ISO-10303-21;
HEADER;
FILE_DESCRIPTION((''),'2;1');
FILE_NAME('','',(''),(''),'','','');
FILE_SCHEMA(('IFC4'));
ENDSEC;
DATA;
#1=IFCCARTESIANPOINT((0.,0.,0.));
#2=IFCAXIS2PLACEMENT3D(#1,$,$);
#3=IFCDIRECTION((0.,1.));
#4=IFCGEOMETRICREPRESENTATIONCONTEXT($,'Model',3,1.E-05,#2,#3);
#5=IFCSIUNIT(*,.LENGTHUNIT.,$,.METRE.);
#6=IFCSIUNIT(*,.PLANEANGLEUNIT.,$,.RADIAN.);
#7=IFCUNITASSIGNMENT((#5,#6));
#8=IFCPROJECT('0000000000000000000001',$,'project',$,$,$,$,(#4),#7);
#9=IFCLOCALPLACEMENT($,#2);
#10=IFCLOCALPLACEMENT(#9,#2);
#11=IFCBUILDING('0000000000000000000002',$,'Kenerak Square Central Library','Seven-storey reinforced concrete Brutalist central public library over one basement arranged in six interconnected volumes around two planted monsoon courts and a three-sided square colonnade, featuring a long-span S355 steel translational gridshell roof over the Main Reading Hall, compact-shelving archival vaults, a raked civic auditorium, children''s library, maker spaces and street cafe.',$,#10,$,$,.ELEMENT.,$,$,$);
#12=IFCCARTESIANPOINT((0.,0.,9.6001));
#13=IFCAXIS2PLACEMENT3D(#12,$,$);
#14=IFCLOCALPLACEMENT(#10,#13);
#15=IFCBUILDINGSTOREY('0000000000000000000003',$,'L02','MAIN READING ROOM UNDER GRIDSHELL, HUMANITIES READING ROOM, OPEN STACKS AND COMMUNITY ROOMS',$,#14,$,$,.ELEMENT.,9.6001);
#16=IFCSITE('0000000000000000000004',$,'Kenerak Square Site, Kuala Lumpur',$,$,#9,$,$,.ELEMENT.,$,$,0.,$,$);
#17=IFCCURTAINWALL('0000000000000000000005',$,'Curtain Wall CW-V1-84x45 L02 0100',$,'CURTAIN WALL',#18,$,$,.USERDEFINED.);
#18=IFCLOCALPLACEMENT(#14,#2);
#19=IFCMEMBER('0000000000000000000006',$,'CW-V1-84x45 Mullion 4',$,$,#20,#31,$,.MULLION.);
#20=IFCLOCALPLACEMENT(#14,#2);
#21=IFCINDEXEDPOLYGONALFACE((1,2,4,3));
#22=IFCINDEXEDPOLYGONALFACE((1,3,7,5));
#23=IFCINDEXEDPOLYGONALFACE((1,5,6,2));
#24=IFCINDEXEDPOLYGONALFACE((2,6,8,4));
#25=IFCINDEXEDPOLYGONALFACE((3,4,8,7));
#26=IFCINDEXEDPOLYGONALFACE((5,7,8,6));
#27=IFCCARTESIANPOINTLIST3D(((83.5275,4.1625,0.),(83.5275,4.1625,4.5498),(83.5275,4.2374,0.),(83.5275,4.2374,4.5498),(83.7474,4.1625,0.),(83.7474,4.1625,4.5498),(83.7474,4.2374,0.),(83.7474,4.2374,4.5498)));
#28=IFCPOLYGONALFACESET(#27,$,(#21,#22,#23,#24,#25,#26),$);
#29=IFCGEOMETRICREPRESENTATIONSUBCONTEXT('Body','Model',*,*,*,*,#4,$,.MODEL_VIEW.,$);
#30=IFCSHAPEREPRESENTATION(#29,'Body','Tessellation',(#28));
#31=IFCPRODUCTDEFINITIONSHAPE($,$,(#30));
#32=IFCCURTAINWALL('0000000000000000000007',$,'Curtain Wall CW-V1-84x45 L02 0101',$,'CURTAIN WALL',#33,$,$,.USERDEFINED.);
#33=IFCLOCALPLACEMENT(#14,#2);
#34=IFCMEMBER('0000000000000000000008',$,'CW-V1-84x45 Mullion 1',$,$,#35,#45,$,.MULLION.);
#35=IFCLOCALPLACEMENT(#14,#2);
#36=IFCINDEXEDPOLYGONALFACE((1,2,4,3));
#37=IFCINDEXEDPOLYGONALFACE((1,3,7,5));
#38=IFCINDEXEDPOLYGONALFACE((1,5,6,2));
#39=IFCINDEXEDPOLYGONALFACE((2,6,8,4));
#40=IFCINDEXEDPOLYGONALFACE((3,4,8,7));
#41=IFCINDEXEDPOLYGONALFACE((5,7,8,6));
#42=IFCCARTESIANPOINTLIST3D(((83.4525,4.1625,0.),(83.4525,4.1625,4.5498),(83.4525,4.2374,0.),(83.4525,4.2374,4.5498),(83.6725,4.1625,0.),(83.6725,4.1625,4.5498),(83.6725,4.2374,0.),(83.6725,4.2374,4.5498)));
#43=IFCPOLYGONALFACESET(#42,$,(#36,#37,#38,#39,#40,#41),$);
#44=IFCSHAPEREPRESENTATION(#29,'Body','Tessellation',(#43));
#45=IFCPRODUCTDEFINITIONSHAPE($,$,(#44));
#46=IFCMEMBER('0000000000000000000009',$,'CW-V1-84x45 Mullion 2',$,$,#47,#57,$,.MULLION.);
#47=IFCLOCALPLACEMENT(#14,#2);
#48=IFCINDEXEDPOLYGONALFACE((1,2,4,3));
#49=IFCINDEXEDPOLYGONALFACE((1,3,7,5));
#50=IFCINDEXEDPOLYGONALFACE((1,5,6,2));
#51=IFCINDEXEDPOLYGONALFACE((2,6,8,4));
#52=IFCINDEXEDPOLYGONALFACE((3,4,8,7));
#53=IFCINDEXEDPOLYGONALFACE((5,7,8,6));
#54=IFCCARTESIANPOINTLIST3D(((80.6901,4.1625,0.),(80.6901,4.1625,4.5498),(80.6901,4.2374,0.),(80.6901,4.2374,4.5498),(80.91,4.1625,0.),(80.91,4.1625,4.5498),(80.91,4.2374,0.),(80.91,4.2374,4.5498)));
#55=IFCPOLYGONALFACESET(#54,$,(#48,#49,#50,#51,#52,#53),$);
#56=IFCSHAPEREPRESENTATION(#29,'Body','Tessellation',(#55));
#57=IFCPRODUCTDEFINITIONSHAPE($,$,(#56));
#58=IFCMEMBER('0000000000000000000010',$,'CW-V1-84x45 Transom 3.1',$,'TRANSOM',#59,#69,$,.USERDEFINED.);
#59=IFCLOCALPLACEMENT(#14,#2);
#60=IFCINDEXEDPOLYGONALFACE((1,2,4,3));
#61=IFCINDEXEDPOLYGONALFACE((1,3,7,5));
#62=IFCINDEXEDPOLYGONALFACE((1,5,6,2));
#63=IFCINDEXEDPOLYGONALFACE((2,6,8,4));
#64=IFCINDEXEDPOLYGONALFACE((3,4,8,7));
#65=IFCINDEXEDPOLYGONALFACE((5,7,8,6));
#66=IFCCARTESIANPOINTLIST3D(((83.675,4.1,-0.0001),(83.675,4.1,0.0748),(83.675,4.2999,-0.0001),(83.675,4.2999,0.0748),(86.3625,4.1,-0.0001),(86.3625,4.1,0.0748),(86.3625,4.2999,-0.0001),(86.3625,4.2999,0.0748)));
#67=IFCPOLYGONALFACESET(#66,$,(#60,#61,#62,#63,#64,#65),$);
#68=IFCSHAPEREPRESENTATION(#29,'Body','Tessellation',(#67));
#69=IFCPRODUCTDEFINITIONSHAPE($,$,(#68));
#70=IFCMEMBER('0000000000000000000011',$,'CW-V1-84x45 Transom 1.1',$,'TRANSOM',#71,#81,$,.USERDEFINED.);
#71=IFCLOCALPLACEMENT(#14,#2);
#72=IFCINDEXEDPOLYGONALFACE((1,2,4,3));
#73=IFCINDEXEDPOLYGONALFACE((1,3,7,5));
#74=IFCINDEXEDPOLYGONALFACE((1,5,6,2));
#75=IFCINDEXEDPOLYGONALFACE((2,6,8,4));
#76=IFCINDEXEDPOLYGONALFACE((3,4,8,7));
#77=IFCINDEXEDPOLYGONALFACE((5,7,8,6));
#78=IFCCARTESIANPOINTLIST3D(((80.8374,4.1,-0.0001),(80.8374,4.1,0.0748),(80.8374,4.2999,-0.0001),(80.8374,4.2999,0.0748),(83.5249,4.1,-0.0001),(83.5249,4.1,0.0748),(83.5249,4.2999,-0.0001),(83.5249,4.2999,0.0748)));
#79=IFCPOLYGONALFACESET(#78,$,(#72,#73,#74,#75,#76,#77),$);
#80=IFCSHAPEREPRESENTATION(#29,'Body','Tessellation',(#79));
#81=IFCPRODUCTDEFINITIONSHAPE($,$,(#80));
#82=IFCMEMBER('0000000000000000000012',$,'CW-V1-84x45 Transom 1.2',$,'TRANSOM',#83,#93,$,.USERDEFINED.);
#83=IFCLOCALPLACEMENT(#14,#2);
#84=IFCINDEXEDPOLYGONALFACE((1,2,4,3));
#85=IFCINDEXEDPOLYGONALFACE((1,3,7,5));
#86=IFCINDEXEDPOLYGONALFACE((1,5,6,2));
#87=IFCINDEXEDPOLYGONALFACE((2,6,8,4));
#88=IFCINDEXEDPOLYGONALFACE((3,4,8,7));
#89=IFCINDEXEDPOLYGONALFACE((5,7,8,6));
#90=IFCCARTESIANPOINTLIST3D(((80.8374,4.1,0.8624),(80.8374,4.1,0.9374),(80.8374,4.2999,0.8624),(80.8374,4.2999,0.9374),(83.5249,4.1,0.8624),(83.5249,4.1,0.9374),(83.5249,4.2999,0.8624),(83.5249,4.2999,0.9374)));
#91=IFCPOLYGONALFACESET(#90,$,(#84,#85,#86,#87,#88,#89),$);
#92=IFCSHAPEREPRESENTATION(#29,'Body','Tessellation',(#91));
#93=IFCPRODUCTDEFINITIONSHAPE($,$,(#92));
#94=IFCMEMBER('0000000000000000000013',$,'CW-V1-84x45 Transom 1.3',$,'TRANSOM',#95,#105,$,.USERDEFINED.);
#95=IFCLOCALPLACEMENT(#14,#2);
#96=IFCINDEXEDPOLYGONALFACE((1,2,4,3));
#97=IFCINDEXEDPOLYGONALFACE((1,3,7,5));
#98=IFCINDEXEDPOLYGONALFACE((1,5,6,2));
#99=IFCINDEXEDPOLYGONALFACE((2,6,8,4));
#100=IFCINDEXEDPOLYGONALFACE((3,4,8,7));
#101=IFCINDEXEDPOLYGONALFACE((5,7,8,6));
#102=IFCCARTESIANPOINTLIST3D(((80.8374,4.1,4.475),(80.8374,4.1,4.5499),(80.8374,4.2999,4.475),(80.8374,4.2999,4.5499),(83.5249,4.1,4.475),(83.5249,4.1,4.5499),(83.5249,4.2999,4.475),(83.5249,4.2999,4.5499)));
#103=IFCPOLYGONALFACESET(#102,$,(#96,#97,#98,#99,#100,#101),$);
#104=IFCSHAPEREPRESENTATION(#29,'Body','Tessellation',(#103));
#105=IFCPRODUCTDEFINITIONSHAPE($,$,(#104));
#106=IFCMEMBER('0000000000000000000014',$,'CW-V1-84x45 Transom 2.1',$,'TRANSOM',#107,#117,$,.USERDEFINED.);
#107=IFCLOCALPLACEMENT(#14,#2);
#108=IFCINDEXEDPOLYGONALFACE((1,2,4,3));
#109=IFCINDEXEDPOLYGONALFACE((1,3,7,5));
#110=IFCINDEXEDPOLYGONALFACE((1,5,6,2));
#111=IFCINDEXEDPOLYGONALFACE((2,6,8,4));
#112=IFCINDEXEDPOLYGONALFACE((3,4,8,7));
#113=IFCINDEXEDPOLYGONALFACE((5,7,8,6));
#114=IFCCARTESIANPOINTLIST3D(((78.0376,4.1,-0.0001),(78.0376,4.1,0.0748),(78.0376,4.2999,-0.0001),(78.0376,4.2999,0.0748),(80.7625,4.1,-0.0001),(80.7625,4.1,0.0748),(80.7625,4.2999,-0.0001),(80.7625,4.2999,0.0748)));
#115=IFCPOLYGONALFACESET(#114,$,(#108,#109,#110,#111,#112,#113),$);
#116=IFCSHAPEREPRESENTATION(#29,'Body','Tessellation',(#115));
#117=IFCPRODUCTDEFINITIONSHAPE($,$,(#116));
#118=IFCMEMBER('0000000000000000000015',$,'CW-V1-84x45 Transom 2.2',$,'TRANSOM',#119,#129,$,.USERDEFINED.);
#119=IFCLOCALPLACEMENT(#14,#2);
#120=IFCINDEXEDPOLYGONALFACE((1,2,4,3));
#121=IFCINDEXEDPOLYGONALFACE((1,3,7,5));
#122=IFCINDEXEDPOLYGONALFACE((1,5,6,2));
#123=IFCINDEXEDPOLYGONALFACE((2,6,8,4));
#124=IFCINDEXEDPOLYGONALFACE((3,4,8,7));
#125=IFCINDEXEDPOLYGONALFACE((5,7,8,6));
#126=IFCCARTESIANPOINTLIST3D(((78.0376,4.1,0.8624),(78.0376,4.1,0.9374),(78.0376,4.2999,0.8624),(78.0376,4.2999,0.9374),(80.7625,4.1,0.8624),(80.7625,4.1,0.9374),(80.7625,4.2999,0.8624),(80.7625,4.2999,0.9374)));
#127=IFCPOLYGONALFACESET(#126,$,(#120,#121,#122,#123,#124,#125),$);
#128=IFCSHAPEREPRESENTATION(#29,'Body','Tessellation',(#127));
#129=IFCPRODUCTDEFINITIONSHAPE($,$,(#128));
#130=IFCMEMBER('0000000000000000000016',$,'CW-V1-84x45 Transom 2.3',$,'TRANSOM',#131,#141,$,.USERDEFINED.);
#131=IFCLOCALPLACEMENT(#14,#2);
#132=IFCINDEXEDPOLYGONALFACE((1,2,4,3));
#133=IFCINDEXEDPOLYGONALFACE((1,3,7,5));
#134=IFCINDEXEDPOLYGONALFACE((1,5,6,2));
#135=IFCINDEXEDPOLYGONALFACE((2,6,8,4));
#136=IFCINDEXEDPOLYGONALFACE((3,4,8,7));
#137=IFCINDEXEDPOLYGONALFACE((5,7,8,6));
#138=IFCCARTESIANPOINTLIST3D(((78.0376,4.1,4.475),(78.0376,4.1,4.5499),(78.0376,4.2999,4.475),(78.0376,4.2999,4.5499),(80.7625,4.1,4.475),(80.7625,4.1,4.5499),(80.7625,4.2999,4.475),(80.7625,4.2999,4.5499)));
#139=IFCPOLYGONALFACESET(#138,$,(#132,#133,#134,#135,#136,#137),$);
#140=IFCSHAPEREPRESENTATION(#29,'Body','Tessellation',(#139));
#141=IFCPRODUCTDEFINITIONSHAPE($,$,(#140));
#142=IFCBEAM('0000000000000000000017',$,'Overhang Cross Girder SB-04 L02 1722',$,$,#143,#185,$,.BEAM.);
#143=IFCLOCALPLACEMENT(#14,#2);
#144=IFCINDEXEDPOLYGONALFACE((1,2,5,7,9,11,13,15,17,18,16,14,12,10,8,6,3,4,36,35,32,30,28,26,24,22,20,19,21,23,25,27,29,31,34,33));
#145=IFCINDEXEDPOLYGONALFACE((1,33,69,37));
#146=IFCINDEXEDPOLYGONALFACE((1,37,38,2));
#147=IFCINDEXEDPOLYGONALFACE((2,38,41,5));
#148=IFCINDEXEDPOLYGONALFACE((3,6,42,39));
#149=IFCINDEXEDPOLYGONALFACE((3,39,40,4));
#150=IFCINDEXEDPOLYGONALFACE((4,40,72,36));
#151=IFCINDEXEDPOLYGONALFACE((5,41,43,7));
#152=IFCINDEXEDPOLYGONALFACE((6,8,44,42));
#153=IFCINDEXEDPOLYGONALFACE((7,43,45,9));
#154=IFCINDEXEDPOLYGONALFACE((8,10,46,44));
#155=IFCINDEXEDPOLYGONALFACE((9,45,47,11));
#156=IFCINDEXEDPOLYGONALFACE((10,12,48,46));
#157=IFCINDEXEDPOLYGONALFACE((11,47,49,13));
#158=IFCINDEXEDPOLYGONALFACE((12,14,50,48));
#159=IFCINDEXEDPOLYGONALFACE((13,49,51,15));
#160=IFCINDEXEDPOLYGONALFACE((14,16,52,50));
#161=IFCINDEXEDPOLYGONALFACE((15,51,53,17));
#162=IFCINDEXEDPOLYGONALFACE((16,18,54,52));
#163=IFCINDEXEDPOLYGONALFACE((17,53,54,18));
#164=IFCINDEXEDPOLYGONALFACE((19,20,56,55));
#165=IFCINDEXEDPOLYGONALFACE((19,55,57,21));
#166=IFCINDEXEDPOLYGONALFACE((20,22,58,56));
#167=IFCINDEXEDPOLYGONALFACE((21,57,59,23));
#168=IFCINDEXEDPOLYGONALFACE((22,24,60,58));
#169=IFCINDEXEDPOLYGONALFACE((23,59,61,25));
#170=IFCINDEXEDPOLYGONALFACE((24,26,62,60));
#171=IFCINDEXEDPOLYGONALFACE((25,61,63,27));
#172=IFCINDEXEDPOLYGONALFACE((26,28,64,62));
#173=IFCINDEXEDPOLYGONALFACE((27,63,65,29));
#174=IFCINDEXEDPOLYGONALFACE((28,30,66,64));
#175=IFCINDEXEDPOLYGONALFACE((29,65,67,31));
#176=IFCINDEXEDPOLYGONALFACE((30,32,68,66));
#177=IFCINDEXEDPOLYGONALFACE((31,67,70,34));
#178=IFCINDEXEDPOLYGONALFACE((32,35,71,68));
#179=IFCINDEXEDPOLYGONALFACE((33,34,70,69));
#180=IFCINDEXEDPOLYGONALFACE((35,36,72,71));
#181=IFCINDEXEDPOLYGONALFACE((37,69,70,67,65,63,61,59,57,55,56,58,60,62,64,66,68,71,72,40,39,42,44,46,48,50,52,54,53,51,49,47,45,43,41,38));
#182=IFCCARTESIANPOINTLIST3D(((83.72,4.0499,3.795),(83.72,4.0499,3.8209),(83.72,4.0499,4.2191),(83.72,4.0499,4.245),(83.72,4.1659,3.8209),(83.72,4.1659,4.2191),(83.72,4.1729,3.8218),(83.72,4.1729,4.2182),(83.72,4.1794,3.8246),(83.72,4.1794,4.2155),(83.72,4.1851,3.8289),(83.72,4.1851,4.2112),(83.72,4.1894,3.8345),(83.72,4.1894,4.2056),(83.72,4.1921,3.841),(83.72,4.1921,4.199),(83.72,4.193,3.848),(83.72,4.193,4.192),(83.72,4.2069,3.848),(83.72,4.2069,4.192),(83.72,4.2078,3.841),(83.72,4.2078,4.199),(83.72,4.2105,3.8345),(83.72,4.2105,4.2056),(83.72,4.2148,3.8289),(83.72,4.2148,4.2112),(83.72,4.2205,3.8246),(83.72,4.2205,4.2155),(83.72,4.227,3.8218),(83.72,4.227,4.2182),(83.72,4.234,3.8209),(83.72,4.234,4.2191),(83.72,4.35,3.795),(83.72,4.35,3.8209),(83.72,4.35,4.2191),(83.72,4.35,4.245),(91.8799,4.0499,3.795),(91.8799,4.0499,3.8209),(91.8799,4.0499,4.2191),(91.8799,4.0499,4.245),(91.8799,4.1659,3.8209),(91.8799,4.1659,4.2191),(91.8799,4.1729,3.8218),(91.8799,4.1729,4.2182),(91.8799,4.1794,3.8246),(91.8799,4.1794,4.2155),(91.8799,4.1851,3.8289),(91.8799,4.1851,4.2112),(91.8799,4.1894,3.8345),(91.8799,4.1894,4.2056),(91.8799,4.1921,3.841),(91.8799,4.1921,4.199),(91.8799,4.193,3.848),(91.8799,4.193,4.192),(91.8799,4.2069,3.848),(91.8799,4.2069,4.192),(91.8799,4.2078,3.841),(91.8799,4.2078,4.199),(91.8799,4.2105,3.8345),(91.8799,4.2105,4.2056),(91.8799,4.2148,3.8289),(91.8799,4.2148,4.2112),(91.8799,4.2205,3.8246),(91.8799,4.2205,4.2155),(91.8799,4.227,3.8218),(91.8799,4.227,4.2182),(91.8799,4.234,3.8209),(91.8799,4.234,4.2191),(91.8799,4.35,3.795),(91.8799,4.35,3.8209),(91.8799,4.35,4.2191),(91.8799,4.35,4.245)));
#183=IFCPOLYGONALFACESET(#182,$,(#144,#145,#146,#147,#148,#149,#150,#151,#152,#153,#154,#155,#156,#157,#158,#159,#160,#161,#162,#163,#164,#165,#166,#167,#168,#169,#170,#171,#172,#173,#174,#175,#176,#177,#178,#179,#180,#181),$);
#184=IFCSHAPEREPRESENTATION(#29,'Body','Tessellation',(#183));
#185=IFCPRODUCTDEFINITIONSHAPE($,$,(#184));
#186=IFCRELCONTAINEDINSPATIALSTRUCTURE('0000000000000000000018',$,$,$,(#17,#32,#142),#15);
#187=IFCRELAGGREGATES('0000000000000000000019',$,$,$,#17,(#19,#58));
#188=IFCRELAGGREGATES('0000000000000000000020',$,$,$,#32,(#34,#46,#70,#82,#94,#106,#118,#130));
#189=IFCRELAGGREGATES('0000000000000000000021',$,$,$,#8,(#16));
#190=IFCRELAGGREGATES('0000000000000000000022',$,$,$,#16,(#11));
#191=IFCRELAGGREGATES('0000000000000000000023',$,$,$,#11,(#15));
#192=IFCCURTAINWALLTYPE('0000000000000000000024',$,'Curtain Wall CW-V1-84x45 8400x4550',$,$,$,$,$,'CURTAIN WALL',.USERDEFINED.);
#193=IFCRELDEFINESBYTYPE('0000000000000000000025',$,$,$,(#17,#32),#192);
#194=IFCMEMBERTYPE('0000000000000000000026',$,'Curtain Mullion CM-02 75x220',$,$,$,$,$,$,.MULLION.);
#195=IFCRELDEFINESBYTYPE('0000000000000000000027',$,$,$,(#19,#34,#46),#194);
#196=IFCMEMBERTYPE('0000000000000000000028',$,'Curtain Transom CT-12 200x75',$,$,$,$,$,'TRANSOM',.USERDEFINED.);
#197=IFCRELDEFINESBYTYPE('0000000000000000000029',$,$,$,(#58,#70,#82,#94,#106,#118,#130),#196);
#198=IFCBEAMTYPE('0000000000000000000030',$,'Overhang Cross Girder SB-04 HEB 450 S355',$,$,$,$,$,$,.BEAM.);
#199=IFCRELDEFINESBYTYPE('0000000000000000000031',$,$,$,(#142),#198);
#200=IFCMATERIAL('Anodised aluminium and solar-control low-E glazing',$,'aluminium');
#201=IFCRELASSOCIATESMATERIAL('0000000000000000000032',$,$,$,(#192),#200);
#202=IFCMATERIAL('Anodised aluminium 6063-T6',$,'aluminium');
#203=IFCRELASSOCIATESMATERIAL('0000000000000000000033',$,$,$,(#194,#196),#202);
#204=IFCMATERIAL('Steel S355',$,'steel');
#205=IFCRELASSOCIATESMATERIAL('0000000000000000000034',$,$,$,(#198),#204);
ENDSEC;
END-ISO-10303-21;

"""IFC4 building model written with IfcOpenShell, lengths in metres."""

from ifc_helpers import new_model, si_unit, direction, frame, origin, origin_2d, place, context, subcontext, project, spatial, rectangle, i_section, extrude, material, material_profile, profile_set, type_object, element, aggregate, save


model = new_model("IFC4")

# Units and contexts
model_context = context("Model", 3, precision=1e-05, world=origin(), true_north=direction((0.0, 1.0)))
body_context = subcontext(model_context, "Body", "Model", "MODEL_VIEW")
ifc_project = project(units=[si_unit("LENGTHUNIT", "METRE"), si_unit("PLANEANGLEUNIT", "RADIAN")], contexts=[model_context])

# Site, building, storey
site_placement = place(None, origin())
site = spatial("IfcSite", under=ifc_project, at=site_placement, Name="Kenerak Square Site, Kuala Lumpur", CompositionType="ELEMENT", RefElevation=0.0)
building_placement = place(site_placement, origin())
building = spatial("IfcBuilding", under=site, at=building_placement, Name="Kenerak Square Central Library", Description="Seven-storey reinforced concrete Brutalist central public library over one basement arranged in six interconnected volumes around two planted monsoon courts and a three-sided square colonnade, featuring a long-span S355 steel translational gridshell roof over the Main Reading Hall, compact-shelving archival vaults, a raked civic auditorium, children's library, maker spaces and street cafe.", CompositionType="ELEMENT")
storey_placement = place(building_placement, frame((0.0, 0.0, 9.6001)))
storey = spatial("IfcBuildingStorey", under=building, at=storey_placement, Name="L02", Description="MAIN READING ROOM UNDER GRIDSHELL, HUMANITIES READING ROOM, OPEN STACKS AND COMMUNITY ROOMS", CompositionType="ELEMENT", Elevation=9.6001)

# Curtain wall, member
ifc_material_1 = material(Name="Anodised aluminium and solar-control low-E glazing", Category="aluminium")
curtain_wall_type = type_object("IfcCurtainWallType", Name="Curtain Wall CW-V1-84x45 8400x4550", ElementType="CURTAIN WALL", PredefinedType="USERDEFINED", material=ifc_material_1)
curtain_wall_1_placement = place(storey_placement, origin())
curtain_wall_1 = element("IfcCurtainWall", 1, at=curtain_wall_1_placement, inside=storey, type_object=curtain_wall_type, Name="Curtain Wall CW-V1-84x45 L02 0100", ObjectType="CURTAIN WALL", PredefinedType="USERDEFINED")
ifc_material_2 = material(Name="Anodised aluminium 6063-T6", Category="aluminium")
ifc_material_profile_1 = material_profile(ifc_material_2, rectangle(XDim=0.075, YDim=0.22, at=origin_2d()), Name="AL MULLION 75x220")
ifc_profile_set_1 = profile_set([ifc_material_profile_1], Name="Anodised aluminium 6063-T6")
member_type_1 = type_object("IfcMemberType", Name="Curtain Mullion CM-02 75x220", PredefinedType="MULLION", material=ifc_profile_set_1)
member_1_placement = place(storey_placement, frame((83.6375, 4.2, 0.0), z_axis=(0.0, 0.0, 1.0), x_axis=(0.0, -1.0, 0.0)))
member_1 = element("IfcMember", 2, at=member_1_placement, type_object=member_type_1, Name="CW-V1-84x45 Mullion 4", PredefinedType="MULLION", context=body_context, shape_type="SweptSolid", body=[
    extrude(rectangle(XDim=0.075, YDim=0.22, at=origin_2d()), origin(), (0.0, 0.0, 1.0), 4.5498),
])

# Curtain wall, members
curtain_wall_2_placement = place(storey_placement, origin())
curtain_wall_2 = element("IfcCurtainWall", 3, at=curtain_wall_2_placement, inside=storey, type_object=curtain_wall_type, Name="Curtain Wall CW-V1-84x45 L02 0101", ObjectType="CURTAIN WALL", PredefinedType="USERDEFINED")
member_2_placement = place(storey_placement, frame((83.5625, 4.2, 0.0), z_axis=(0.0, 0.0, 1.0), x_axis=(0.0, -1.0, 0.0)))
member_2 = element("IfcMember", 4, at=member_2_placement, type_object=member_type_1, Name="CW-V1-84x45 Mullion 1", PredefinedType="MULLION", context=body_context, shape_type="SweptSolid", body=[
    extrude(rectangle(XDim=0.075, YDim=0.22, at=origin_2d()), origin(), (0.0, 0.0, 1.0), 4.5498),
])
member_3_placement = place(storey_placement, frame((80.8, 4.2, 0.0), z_axis=(0.0, 0.0, 1.0), x_axis=(0.0, -1.0, 0.0)))
member_3 = element("IfcMember", 5, at=member_3_placement, type_object=member_type_1, Name="CW-V1-84x45 Mullion 2", PredefinedType="MULLION", context=body_context, shape_type="SweptSolid", body=[
    extrude(rectangle(XDim=0.075, YDim=0.22, at=origin_2d()), origin(), (0.0, 0.0, 1.0), 4.5498),
])

# Members
ifc_material_profile_2 = material_profile(ifc_material_2, rectangle(XDim=0.2, YDim=0.075, at=origin_2d()), Name="AL TRANSOM 200x75")
ifc_profile_set_2 = profile_set([ifc_material_profile_2], Name="Anodised aluminium 6063-T6")
member_type_2 = type_object("IfcMemberType", Name="Curtain Transom CT-12 200x75", ElementType="TRANSOM", PredefinedType="USERDEFINED", material=ifc_profile_set_2)
member_4_placement = place(storey_placement, frame((86.3625, 4.2, 0.0374), z_axis=(-1.0, 0.0, 0.0), x_axis=(0.0, -1.0, 0.0)))
member_4 = element("IfcMember", 6, at=member_4_placement, type_object=member_type_2, Name="CW-V1-84x45 Transom 3.1", ObjectType="TRANSOM", PredefinedType="USERDEFINED", context=body_context, shape_type="SweptSolid", body=[
    extrude(rectangle(XDim=0.2, YDim=0.075, at=origin_2d()), origin(), (0.0, 0.0, 1.0), 2.6875),
])
member_5_placement = place(storey_placement, frame((83.5249, 4.2, 0.0374), z_axis=(-1.0, 0.0, 0.0), x_axis=(0.0, -1.0, 0.0)))
member_5 = element("IfcMember", 7, at=member_5_placement, type_object=member_type_2, Name="CW-V1-84x45 Transom 1.1", ObjectType="TRANSOM", PredefinedType="USERDEFINED", context=body_context, shape_type="SweptSolid", body=[
    extrude(rectangle(XDim=0.2, YDim=0.075, at=origin_2d()), origin(), (0.0, 0.0, 1.0), 2.6875),
])
member_6_placement = place(storey_placement, frame((83.5249, 4.2, 0.8999), z_axis=(-1.0, 0.0, 0.0), x_axis=(0.0, -1.0, 0.0)))
member_6 = element("IfcMember", 8, at=member_6_placement, type_object=member_type_2, Name="CW-V1-84x45 Transom 1.2", ObjectType="TRANSOM", PredefinedType="USERDEFINED", context=body_context, shape_type="SweptSolid", body=[
    extrude(rectangle(XDim=0.2, YDim=0.075, at=origin_2d()), origin(), (0.0, 0.0, 1.0), 2.6875),
])
member_7_placement = place(storey_placement, frame((83.5249, 4.2, 4.5125), z_axis=(-1.0, 0.0, 0.0), x_axis=(0.0, -1.0, 0.0)))
member_7 = element("IfcMember", 9, at=member_7_placement, type_object=member_type_2, Name="CW-V1-84x45 Transom 1.3", ObjectType="TRANSOM", PredefinedType="USERDEFINED", context=body_context, shape_type="SweptSolid", body=[
    extrude(rectangle(XDim=0.2, YDim=0.075, at=origin_2d()), origin(), (0.0, 0.0, 1.0), 2.6875),
])
member_8_placement = place(storey_placement, frame((80.7625, 4.2, 0.0374), z_axis=(-1.0, 0.0, 0.0), x_axis=(0.0, -1.0, 0.0)))
member_8 = element("IfcMember", 10, at=member_8_placement, type_object=member_type_2, Name="CW-V1-84x45 Transom 2.1", ObjectType="TRANSOM", PredefinedType="USERDEFINED", context=body_context, shape_type="SweptSolid", body=[
    extrude(rectangle(XDim=0.2, YDim=0.075, at=origin_2d()), origin(), (0.0, 0.0, 1.0), 2.7249),
])
member_9_placement = place(storey_placement, frame((80.7625, 4.2, 0.8999), z_axis=(-1.0, 0.0, 0.0), x_axis=(0.0, -1.0, 0.0)))
member_9 = element("IfcMember", 11, at=member_9_placement, type_object=member_type_2, Name="CW-V1-84x45 Transom 2.2", ObjectType="TRANSOM", PredefinedType="USERDEFINED", context=body_context, shape_type="SweptSolid", body=[
    extrude(rectangle(XDim=0.2, YDim=0.075, at=origin_2d()), origin(), (0.0, 0.0, 1.0), 2.7249),
])
member_10_placement = place(storey_placement, frame((80.7625, 4.2, 4.5125), z_axis=(-1.0, 0.0, 0.0), x_axis=(0.0, -1.0, 0.0)))
member_10 = element("IfcMember", 12, at=member_10_placement, type_object=member_type_2, Name="CW-V1-84x45 Transom 2.3", ObjectType="TRANSOM", PredefinedType="USERDEFINED", context=body_context, shape_type="SweptSolid", body=[
    extrude(rectangle(XDim=0.2, YDim=0.075, at=origin_2d()), origin(), (0.0, 0.0, 1.0), 2.7249),
])

# Beam
ifc_material_3 = material(Name="Steel S355", Category="steel")
ifc_material_profile_3 = material_profile(ifc_material_3, i_section(OverallWidth=0.3, OverallDepth=0.45, WebThickness=0.0139, FlangeThickness=0.0259, FilletRadius=0.0271, at=origin_2d()), Name="HEB 450")
ifc_profile_set_3 = profile_set([ifc_material_profile_3], Name="Steel S355")
beam_type_1 = type_object("IfcBeamType", Name="Overhang Cross Girder SB-04 HEB 450 S355", PredefinedType="BEAM", material=ifc_profile_set_3)
beam_1_placement = place(storey_placement, frame((83.72, 4.2, 4.02), z_axis=(1.0, 0.0, 0.0), x_axis=(0.0, 1.0, 0.0)))
element("IfcBeam", 13, at=beam_1_placement, inside=storey, type_object=beam_type_1, Name="Overhang Cross Girder SB-04 L02 1722", PredefinedType="BEAM", context=body_context, shape_type="SweptSolid", body=[
    extrude(i_section(OverallWidth=0.3, OverallDepth=0.45, WebThickness=0.0139, FlangeThickness=0.0259, FilletRadius=0.0271, at=origin_2d()), origin(), (0.0, 0.0, 1.0), 8.1599),
])

aggregate(curtain_wall_1, [member_1, member_4])
aggregate(curtain_wall_2, [member_2, member_3, member_5, member_6, member_7, member_8, member_9, member_10])

save(model, "model.ifc")
